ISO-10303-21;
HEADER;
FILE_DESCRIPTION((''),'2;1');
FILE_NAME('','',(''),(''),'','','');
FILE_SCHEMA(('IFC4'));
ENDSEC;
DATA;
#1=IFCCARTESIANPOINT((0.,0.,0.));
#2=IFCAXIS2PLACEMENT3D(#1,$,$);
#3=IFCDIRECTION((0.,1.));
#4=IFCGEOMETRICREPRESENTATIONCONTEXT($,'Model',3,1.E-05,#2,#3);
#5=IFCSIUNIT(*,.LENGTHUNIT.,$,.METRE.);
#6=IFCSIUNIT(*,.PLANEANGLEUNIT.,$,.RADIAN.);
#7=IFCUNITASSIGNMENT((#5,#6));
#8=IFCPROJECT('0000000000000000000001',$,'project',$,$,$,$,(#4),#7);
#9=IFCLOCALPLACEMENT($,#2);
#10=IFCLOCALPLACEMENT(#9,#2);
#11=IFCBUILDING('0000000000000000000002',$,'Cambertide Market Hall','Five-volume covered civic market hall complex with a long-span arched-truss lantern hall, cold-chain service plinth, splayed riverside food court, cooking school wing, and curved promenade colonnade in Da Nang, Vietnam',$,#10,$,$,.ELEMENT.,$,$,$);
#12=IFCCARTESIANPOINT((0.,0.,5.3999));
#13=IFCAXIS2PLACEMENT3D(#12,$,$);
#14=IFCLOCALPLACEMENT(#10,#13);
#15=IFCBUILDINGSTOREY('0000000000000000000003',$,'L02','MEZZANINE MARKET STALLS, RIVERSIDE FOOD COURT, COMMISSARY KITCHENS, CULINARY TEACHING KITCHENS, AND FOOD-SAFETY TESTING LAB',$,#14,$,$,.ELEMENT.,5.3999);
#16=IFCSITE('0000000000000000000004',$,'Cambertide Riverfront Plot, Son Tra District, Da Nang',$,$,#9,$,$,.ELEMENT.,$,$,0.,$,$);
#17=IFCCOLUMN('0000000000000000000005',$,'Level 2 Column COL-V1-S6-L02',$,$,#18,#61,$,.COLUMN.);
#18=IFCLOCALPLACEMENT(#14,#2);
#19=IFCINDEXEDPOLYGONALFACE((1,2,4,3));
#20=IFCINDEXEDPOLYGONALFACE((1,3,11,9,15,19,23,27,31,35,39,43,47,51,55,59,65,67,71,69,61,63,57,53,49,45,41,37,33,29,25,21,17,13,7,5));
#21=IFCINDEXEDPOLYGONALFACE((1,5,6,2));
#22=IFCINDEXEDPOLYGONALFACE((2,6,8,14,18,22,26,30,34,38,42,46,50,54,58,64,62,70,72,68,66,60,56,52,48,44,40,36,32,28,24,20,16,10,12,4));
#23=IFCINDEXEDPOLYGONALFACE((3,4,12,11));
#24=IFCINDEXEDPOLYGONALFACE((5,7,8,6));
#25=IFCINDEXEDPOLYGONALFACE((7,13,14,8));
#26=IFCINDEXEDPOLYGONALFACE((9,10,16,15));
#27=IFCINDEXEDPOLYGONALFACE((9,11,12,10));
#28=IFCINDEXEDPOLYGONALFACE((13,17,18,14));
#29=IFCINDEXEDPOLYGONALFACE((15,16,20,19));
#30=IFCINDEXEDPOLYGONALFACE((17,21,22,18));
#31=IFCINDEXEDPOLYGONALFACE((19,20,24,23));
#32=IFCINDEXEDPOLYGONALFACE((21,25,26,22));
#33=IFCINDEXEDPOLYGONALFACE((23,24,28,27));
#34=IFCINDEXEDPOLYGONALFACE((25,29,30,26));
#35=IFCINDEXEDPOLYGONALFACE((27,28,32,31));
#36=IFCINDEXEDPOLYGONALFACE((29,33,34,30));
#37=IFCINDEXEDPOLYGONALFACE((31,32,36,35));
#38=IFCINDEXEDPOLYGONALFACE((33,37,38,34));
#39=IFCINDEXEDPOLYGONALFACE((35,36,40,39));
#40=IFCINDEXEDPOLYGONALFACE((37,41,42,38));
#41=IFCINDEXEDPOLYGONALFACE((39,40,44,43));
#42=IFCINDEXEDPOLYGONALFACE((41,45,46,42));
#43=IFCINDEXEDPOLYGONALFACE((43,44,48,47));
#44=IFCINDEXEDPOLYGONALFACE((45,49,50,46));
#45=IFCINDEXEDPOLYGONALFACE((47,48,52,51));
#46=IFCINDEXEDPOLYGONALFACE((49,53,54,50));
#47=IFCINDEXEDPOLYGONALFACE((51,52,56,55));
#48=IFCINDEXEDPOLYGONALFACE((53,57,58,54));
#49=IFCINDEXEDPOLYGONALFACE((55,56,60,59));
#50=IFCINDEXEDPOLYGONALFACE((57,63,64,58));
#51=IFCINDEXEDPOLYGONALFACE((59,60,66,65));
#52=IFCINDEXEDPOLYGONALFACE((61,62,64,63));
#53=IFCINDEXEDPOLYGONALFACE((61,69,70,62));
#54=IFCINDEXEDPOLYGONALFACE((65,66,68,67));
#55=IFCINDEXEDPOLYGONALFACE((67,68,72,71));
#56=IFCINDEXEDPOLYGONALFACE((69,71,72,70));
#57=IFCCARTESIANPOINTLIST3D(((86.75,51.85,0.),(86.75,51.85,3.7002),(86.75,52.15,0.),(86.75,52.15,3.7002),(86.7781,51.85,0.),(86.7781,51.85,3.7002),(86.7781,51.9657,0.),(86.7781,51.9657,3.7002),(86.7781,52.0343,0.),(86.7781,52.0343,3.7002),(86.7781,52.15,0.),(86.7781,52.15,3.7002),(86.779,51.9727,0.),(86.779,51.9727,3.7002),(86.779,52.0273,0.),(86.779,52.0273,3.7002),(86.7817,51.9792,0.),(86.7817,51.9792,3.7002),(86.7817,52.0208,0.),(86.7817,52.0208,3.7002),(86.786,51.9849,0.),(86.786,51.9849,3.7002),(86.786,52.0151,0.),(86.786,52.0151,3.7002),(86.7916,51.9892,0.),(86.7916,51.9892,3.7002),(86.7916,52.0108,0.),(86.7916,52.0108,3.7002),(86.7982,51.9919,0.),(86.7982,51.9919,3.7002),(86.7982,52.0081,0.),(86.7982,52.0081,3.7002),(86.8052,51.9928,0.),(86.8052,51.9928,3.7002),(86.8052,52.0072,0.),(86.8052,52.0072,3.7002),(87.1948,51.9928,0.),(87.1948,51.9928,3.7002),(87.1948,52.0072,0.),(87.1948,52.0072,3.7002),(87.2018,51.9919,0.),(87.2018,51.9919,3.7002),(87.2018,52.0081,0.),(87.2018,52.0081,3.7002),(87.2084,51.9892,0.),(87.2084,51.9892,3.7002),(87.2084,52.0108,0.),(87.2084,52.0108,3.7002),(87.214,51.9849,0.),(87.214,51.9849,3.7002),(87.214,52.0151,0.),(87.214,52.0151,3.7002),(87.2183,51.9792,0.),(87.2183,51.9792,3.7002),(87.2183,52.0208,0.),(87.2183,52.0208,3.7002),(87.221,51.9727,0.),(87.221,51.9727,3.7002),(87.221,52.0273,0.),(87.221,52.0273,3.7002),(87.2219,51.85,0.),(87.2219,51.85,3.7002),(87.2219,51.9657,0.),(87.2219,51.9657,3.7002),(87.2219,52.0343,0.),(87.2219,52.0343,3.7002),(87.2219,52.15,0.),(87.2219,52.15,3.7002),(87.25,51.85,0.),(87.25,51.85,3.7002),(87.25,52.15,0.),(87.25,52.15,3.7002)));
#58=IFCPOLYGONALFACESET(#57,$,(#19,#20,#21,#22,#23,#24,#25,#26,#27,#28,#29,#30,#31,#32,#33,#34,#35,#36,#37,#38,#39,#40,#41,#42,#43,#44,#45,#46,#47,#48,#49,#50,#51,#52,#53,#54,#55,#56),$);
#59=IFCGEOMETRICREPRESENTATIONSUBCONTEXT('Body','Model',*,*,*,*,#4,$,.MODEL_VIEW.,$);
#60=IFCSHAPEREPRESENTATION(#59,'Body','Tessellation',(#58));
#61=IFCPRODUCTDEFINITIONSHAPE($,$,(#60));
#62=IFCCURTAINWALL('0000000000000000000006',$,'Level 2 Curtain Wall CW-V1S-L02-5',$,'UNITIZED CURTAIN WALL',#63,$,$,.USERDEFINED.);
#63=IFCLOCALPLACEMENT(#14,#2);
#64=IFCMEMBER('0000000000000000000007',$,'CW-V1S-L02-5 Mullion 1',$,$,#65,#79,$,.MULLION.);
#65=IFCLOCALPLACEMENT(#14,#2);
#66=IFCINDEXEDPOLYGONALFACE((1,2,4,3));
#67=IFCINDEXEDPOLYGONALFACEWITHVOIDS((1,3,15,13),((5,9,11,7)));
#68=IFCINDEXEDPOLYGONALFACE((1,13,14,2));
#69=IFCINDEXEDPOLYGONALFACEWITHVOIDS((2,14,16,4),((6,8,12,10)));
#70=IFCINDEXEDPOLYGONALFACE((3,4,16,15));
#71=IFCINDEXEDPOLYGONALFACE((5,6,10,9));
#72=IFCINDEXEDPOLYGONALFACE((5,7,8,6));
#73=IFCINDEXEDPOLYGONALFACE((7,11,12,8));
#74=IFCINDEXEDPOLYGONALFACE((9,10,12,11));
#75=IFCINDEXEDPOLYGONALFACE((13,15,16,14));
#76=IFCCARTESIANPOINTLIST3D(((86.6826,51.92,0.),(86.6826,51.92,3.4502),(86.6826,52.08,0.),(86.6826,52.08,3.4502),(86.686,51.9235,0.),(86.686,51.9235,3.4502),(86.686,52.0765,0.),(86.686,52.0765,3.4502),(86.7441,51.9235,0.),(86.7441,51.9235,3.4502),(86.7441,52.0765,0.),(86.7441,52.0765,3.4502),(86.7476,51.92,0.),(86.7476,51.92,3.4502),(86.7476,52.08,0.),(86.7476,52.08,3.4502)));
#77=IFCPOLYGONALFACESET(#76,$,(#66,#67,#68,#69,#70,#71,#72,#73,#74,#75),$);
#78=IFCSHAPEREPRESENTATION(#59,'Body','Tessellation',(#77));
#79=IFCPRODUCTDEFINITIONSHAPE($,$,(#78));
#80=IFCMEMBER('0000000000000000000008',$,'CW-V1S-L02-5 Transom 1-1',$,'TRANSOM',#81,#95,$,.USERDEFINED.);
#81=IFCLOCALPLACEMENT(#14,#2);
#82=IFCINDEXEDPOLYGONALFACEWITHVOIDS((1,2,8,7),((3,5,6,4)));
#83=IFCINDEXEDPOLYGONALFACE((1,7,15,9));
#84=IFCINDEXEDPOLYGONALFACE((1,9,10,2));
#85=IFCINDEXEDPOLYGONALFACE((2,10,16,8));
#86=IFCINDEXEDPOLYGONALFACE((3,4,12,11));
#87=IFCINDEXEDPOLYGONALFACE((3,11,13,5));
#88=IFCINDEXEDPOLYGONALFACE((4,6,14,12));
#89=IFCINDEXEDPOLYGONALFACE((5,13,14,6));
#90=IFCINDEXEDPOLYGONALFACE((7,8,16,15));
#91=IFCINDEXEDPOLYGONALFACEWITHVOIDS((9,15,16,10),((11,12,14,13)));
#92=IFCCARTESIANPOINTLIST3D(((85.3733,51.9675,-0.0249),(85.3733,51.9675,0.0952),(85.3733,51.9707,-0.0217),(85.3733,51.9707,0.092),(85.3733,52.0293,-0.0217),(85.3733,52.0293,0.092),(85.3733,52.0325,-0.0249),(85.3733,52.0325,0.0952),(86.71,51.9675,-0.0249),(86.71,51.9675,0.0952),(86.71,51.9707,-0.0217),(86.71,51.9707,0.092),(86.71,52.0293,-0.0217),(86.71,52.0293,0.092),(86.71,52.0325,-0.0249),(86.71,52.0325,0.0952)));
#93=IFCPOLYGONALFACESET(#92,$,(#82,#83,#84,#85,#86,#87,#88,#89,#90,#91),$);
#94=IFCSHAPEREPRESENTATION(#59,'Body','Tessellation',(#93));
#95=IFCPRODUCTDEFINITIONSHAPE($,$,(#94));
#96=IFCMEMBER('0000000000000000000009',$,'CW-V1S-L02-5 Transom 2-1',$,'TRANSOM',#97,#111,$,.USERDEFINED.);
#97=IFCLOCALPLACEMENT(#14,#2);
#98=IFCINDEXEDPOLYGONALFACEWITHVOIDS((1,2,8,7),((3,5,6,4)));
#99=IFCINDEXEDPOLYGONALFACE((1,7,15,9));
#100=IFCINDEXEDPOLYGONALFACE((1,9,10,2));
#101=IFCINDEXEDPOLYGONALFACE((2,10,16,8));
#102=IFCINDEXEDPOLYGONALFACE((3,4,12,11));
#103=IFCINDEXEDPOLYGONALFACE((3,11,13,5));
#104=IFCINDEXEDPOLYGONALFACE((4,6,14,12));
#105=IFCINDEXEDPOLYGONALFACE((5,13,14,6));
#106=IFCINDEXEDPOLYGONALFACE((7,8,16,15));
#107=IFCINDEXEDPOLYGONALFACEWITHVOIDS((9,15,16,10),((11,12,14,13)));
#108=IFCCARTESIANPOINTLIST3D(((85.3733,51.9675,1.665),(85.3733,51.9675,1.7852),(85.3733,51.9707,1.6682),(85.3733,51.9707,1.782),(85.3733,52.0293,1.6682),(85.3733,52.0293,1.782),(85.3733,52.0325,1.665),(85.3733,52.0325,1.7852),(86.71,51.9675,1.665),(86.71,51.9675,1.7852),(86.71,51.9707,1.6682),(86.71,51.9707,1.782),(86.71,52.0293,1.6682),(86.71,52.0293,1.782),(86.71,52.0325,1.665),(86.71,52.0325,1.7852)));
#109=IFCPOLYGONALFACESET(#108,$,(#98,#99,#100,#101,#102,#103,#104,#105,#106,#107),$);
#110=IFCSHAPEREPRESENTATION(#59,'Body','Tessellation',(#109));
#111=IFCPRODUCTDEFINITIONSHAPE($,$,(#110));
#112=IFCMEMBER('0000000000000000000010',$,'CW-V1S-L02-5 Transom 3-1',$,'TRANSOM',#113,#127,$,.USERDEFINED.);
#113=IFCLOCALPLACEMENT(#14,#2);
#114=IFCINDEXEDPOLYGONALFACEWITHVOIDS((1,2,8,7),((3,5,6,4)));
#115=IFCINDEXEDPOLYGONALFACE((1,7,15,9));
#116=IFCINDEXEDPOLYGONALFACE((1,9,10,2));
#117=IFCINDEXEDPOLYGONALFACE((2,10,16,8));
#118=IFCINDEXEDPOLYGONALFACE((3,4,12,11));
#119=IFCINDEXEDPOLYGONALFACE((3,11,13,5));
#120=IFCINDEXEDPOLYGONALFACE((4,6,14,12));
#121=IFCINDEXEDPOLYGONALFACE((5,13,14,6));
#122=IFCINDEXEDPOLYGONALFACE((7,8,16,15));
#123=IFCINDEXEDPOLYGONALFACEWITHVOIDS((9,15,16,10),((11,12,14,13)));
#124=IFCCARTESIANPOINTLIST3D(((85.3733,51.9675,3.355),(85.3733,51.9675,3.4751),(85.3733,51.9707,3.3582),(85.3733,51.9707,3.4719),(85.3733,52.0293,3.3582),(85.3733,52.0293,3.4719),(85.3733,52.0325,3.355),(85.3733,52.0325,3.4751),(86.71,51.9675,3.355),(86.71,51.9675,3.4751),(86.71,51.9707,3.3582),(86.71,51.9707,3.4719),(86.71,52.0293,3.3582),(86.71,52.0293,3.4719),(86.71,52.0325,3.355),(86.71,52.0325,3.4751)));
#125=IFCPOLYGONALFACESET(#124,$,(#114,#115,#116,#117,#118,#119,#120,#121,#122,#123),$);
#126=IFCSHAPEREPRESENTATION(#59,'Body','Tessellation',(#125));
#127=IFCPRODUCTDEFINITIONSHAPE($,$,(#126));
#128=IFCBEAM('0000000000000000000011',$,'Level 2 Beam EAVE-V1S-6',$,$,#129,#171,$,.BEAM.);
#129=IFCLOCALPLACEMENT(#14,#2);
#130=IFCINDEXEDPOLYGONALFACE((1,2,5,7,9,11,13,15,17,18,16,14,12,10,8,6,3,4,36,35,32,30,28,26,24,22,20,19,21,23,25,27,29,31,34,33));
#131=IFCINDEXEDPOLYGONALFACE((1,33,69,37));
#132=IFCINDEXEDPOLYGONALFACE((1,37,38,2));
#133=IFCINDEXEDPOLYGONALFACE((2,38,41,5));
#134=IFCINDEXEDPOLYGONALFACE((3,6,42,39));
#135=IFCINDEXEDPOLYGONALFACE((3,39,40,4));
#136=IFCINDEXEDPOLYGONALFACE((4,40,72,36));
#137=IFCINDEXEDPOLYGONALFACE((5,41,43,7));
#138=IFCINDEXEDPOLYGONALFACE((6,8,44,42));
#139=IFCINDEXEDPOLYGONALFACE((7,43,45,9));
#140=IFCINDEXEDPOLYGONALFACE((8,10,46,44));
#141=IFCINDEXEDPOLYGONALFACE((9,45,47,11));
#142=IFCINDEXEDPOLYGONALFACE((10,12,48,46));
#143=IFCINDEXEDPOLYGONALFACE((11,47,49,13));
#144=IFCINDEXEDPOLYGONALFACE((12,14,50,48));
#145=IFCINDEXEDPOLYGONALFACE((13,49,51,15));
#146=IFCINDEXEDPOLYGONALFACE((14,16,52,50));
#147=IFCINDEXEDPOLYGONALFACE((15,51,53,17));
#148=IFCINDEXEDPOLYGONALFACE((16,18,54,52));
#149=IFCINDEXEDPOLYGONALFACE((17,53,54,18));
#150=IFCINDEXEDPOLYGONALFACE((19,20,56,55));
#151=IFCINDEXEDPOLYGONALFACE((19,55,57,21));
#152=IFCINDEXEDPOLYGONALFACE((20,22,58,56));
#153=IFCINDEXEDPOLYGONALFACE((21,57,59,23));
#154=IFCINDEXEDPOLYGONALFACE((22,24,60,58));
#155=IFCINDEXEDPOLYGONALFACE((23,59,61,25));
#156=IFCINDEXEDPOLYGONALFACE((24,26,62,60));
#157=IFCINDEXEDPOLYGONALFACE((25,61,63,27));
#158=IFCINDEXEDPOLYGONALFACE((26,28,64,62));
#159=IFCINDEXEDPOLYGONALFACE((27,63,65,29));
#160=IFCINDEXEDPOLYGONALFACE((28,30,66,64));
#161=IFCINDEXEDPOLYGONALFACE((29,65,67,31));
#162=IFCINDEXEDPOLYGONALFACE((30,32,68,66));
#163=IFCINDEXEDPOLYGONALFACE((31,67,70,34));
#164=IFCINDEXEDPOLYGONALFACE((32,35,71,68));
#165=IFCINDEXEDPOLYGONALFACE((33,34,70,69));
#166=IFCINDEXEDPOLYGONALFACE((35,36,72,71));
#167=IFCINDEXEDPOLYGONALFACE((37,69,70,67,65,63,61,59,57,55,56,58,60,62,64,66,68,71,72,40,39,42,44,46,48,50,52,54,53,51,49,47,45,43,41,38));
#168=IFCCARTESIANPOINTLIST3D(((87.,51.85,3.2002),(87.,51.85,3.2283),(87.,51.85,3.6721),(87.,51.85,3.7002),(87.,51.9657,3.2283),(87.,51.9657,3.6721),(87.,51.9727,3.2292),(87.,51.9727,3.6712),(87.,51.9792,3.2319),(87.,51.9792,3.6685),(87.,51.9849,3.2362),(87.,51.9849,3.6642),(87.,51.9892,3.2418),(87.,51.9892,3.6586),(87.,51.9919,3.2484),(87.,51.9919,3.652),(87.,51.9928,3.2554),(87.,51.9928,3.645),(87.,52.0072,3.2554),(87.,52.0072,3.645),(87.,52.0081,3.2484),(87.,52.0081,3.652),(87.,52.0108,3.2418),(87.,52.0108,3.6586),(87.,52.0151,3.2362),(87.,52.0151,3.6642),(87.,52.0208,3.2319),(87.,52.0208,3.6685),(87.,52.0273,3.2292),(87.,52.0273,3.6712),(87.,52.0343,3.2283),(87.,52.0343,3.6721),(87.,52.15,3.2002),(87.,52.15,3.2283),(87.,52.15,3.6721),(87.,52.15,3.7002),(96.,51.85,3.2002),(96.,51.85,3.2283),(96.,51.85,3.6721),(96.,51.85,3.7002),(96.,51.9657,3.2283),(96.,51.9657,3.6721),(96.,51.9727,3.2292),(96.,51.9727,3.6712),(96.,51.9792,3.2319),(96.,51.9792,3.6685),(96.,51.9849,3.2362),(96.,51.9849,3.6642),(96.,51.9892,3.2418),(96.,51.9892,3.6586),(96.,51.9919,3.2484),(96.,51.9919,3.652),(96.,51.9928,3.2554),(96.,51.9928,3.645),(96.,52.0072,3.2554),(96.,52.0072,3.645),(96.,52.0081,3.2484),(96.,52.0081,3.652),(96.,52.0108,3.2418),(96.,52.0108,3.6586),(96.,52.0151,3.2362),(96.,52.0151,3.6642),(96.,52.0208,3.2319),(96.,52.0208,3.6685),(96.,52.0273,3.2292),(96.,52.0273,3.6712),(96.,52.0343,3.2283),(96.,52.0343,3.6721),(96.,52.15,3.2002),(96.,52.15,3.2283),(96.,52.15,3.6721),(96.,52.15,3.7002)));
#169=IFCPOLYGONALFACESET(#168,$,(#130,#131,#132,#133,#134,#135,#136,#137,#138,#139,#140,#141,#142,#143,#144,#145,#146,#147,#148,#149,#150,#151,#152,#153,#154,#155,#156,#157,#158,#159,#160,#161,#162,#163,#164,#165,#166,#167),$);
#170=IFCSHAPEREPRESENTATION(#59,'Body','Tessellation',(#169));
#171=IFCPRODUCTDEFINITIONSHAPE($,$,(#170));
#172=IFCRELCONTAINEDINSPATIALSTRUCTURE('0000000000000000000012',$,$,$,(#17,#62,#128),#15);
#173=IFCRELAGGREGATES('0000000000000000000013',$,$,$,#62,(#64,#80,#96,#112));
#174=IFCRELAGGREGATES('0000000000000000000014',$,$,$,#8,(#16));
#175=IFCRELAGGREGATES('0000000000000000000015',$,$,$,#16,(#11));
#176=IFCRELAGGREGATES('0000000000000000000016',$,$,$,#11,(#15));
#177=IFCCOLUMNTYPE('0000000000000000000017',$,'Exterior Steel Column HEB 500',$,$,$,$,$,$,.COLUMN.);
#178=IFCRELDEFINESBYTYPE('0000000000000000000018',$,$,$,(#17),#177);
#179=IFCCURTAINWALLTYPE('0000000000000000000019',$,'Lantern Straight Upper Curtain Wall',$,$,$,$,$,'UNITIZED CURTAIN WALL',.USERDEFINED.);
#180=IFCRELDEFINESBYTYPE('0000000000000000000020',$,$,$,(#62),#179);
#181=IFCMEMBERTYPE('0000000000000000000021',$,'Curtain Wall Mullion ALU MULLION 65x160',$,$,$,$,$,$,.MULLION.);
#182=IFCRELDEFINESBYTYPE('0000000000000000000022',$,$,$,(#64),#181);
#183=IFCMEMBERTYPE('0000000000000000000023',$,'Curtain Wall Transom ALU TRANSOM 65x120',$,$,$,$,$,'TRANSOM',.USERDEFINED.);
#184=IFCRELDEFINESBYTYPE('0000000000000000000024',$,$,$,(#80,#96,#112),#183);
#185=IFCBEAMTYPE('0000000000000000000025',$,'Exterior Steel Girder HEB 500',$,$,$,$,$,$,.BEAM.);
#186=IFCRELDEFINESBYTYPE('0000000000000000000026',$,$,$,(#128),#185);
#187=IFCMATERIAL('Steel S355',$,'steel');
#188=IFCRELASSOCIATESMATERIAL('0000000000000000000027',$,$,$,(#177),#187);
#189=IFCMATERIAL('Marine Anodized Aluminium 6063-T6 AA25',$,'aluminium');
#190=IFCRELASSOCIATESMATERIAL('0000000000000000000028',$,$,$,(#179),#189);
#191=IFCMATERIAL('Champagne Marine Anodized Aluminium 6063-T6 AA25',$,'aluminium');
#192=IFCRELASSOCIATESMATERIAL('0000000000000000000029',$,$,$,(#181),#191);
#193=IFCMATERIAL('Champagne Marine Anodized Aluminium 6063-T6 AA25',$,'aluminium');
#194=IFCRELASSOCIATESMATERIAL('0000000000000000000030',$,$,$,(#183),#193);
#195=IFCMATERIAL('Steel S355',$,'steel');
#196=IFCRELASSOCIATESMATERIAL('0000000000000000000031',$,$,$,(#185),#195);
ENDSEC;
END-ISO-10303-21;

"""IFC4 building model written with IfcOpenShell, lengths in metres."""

from ifc_helpers import new_model, si_unit, direction, frame, origin, origin_2d, place, context, subcontext, project, spatial, hollow_rectangle, i_section, extrude, material, material_profile, profile_set, type_object, element, aggregate, save


model = new_model("IFC4")

# Units and contexts
model_context = context("Model", 3, precision=1e-05, world=origin(), true_north=direction((0.0, 1.0)))
body_context = subcontext(model_context, "Body", "Model", "MODEL_VIEW")
ifc_project = project(units=[si_unit("LENGTHUNIT", "METRE"), si_unit("PLANEANGLEUNIT", "RADIAN")], contexts=[model_context])

# Site, building, storey
site_placement = place(None, origin())
site = spatial("IfcSite", under=ifc_project, at=site_placement, Name="Cambertide Riverfront Plot, Son Tra District, Da Nang", CompositionType="ELEMENT", RefElevation=0.0)
building_placement = place(site_placement, origin())
building = spatial("IfcBuilding", under=site, at=building_placement, Name="Cambertide Market Hall", Description="Five-volume covered civic market hall complex with a long-span arched-truss lantern hall, cold-chain service plinth, splayed riverside food court, cooking school wing, and curved promenade colonnade in Da Nang, Vietnam", CompositionType="ELEMENT")
storey_placement = place(building_placement, frame((0.0, 0.0, 5.3999)))
storey = spatial("IfcBuildingStorey", under=building, at=storey_placement, Name="L02", Description="MEZZANINE MARKET STALLS, RIVERSIDE FOOD COURT, COMMISSARY KITCHENS, CULINARY TEACHING KITCHENS, AND FOOD-SAFETY TESTING LAB", CompositionType="ELEMENT", Elevation=5.3999)

# Column
ifc_material_1 = material(Name="Steel S355", Category="steel")
ifc_material_profile_1 = material_profile(ifc_material_1, i_section(OverallWidth=0.3, OverallDepth=0.5, WebThickness=0.0144, FlangeThickness=0.0281, FilletRadius=0.0271, at=origin_2d()), Name="HEB 500")
ifc_profile_set_1 = profile_set([ifc_material_profile_1], Name="Steel S355")
column_type = type_object("IfcColumnType", Name="Exterior Steel Column HEB 500", PredefinedType="COLUMN", material=ifc_profile_set_1)
column_placement = place(storey_placement, frame((87.0, 52.0, 0.0), z_axis=(0.0, 0.0, 1.0), x_axis=(0.0, 1.0, 0.0)))
element("IfcColumn", 1, at=column_placement, inside=storey, type_object=column_type, Name="Level 2 Column COL-V1-S6-L02", PredefinedType="COLUMN", context=body_context, shape_type="SweptSolid", body=[
    extrude(i_section(OverallWidth=0.3, OverallDepth=0.5, WebThickness=0.0144, FlangeThickness=0.0281, FilletRadius=0.0271, at=origin_2d()), origin(), (0.0, 0.0, 1.0), 3.7002),
])

# Curtain wall, members
ifc_material_2 = material(Name="Marine Anodized Aluminium 6063-T6 AA25", Category="aluminium")
curtain_wall_type = type_object("IfcCurtainWallType", Name="Lantern Straight Upper Curtain Wall", ElementType="UNITIZED CURTAIN WALL", PredefinedType="USERDEFINED", material=ifc_material_2)
curtain_wall_placement = place(storey_placement, origin())
curtain_wall = element("IfcCurtainWall", 2, at=curtain_wall_placement, inside=storey, type_object=curtain_wall_type, Name="Level 2 Curtain Wall CW-V1S-L02-5", ObjectType="UNITIZED CURTAIN WALL", PredefinedType="USERDEFINED")
ifc_material_3 = material(Name="Champagne Marine Anodized Aluminium 6063-T6 AA25", Category="aluminium")
ifc_material_profile_2 = material_profile(ifc_material_3, hollow_rectangle(XDim=0.0649, YDim=0.1599, WallThickness=0.0034, at=origin_2d()), Name="ALU MULLION 65x160")
ifc_profile_set_2 = profile_set([ifc_material_profile_2], Name="Champagne Marine Anodized Aluminium 6063-T6 AA25")
member_type_1 = type_object("IfcMemberType", Name="Curtain Wall Mullion ALU MULLION 65x160", PredefinedType="MULLION", material=ifc_profile_set_2)
member_1_placement = place(storey_placement, frame((86.7151, 52.0, 0.0), z_axis=(0.0, 0.0, 1.0), x_axis=(-1.0, 0.0, 0.0)))
member_1 = element("IfcMember", 3, at=member_1_placement, type_object=member_type_1, Name="CW-V1S-L02-5 Mullion 1", PredefinedType="MULLION", context=body_context, shape_type="SweptSolid", body=[
    extrude(hollow_rectangle(XDim=0.0649, YDim=0.1599, WallThickness=0.0034, at=origin_2d()), origin(), (0.0, 0.0, 1.0), 3.4502),
])
ifc_material_4 = material(Name="Champagne Marine Anodized Aluminium 6063-T6 AA25", Category="aluminium")
ifc_material_profile_3 = material_profile(ifc_material_4, hollow_rectangle(XDim=0.0649, YDim=0.1201, WallThickness=0.0032, at=origin_2d()), Name="ALU TRANSOM 65x120")
ifc_profile_set_3 = profile_set([ifc_material_profile_3], Name="Champagne Marine Anodized Aluminium 6063-T6 AA25")
member_type_2 = type_object("IfcMemberType", Name="Curtain Wall Transom ALU TRANSOM 65x120", ElementType="TRANSOM", PredefinedType="USERDEFINED", material=ifc_profile_set_3)
member_2_placement = place(storey_placement, frame((86.71, 52.0, 0.0352), z_axis=(-1.0, 0.0, 0.0), x_axis=(0.0, -1.0, 0.0)))
member_2 = element("IfcMember", 4, at=member_2_placement, type_object=member_type_2, Name="CW-V1S-L02-5 Transom 1-1", ObjectType="TRANSOM", PredefinedType="USERDEFINED", context=body_context, shape_type="SweptSolid", body=[
    extrude(hollow_rectangle(XDim=0.0649, YDim=0.1201, WallThickness=0.0032, at=origin_2d()), origin(), (0.0, 0.0, 1.0), 1.3367),
])
member_3_placement = place(storey_placement, frame((86.71, 52.0, 1.7251), z_axis=(-1.0, 0.0, 0.0), x_axis=(0.0, -1.0, 0.0)))
member_3 = element("IfcMember", 5, at=member_3_placement, type_object=member_type_2, Name="CW-V1S-L02-5 Transom 2-1", ObjectType="TRANSOM", PredefinedType="USERDEFINED", context=body_context, shape_type="SweptSolid", body=[
    extrude(hollow_rectangle(XDim=0.0649, YDim=0.1201, WallThickness=0.0032, at=origin_2d()), origin(), (0.0, 0.0, 1.0), 1.3367),
])
member_4_placement = place(storey_placement, frame((86.71, 52.0, 3.415), z_axis=(-1.0, 0.0, 0.0), x_axis=(0.0, -1.0, 0.0)))
member_4 = element("IfcMember", 6, at=member_4_placement, type_object=member_type_2, Name="CW-V1S-L02-5 Transom 3-1", ObjectType="TRANSOM", PredefinedType="USERDEFINED", context=body_context, shape_type="SweptSolid", body=[
    extrude(hollow_rectangle(XDim=0.0649, YDim=0.1201, WallThickness=0.0032, at=origin_2d()), origin(), (0.0, 0.0, 1.0), 1.3367),
])

# Beam
ifc_material_5 = material(Name="Steel S355", Category="steel")
ifc_material_profile_4 = material_profile(ifc_material_5, i_section(OverallWidth=0.3, OverallDepth=0.5, WebThickness=0.0144, FlangeThickness=0.0281, FilletRadius=0.0271, at=origin_2d()), Name="HEB 500")
ifc_profile_set_4 = profile_set([ifc_material_profile_4], Name="Steel S355")
beam_type_1 = type_object("IfcBeamType", Name="Exterior Steel Girder HEB 500", PredefinedType="BEAM", material=ifc_profile_set_4)
beam_1_placement = place(storey_placement, frame((87.0, 52.0, 3.4502), z_axis=(1.0, 0.0, 0.0), x_axis=(0.0, 1.0, 0.0)))
element("IfcBeam", 7, at=beam_1_placement, inside=storey, type_object=beam_type_1, Name="Level 2 Beam EAVE-V1S-6", PredefinedType="BEAM", context=body_context, shape_type="SweptSolid", body=[
    extrude(i_section(OverallWidth=0.3, OverallDepth=0.5, WebThickness=0.0144, FlangeThickness=0.0281, FilletRadius=0.0271, at=origin_2d()), origin(), (0.0, 0.0, 1.0), 9.0),
])

aggregate(curtain_wall, [member_1, member_2, member_3, member_4])

save(model, "model.ifc")
